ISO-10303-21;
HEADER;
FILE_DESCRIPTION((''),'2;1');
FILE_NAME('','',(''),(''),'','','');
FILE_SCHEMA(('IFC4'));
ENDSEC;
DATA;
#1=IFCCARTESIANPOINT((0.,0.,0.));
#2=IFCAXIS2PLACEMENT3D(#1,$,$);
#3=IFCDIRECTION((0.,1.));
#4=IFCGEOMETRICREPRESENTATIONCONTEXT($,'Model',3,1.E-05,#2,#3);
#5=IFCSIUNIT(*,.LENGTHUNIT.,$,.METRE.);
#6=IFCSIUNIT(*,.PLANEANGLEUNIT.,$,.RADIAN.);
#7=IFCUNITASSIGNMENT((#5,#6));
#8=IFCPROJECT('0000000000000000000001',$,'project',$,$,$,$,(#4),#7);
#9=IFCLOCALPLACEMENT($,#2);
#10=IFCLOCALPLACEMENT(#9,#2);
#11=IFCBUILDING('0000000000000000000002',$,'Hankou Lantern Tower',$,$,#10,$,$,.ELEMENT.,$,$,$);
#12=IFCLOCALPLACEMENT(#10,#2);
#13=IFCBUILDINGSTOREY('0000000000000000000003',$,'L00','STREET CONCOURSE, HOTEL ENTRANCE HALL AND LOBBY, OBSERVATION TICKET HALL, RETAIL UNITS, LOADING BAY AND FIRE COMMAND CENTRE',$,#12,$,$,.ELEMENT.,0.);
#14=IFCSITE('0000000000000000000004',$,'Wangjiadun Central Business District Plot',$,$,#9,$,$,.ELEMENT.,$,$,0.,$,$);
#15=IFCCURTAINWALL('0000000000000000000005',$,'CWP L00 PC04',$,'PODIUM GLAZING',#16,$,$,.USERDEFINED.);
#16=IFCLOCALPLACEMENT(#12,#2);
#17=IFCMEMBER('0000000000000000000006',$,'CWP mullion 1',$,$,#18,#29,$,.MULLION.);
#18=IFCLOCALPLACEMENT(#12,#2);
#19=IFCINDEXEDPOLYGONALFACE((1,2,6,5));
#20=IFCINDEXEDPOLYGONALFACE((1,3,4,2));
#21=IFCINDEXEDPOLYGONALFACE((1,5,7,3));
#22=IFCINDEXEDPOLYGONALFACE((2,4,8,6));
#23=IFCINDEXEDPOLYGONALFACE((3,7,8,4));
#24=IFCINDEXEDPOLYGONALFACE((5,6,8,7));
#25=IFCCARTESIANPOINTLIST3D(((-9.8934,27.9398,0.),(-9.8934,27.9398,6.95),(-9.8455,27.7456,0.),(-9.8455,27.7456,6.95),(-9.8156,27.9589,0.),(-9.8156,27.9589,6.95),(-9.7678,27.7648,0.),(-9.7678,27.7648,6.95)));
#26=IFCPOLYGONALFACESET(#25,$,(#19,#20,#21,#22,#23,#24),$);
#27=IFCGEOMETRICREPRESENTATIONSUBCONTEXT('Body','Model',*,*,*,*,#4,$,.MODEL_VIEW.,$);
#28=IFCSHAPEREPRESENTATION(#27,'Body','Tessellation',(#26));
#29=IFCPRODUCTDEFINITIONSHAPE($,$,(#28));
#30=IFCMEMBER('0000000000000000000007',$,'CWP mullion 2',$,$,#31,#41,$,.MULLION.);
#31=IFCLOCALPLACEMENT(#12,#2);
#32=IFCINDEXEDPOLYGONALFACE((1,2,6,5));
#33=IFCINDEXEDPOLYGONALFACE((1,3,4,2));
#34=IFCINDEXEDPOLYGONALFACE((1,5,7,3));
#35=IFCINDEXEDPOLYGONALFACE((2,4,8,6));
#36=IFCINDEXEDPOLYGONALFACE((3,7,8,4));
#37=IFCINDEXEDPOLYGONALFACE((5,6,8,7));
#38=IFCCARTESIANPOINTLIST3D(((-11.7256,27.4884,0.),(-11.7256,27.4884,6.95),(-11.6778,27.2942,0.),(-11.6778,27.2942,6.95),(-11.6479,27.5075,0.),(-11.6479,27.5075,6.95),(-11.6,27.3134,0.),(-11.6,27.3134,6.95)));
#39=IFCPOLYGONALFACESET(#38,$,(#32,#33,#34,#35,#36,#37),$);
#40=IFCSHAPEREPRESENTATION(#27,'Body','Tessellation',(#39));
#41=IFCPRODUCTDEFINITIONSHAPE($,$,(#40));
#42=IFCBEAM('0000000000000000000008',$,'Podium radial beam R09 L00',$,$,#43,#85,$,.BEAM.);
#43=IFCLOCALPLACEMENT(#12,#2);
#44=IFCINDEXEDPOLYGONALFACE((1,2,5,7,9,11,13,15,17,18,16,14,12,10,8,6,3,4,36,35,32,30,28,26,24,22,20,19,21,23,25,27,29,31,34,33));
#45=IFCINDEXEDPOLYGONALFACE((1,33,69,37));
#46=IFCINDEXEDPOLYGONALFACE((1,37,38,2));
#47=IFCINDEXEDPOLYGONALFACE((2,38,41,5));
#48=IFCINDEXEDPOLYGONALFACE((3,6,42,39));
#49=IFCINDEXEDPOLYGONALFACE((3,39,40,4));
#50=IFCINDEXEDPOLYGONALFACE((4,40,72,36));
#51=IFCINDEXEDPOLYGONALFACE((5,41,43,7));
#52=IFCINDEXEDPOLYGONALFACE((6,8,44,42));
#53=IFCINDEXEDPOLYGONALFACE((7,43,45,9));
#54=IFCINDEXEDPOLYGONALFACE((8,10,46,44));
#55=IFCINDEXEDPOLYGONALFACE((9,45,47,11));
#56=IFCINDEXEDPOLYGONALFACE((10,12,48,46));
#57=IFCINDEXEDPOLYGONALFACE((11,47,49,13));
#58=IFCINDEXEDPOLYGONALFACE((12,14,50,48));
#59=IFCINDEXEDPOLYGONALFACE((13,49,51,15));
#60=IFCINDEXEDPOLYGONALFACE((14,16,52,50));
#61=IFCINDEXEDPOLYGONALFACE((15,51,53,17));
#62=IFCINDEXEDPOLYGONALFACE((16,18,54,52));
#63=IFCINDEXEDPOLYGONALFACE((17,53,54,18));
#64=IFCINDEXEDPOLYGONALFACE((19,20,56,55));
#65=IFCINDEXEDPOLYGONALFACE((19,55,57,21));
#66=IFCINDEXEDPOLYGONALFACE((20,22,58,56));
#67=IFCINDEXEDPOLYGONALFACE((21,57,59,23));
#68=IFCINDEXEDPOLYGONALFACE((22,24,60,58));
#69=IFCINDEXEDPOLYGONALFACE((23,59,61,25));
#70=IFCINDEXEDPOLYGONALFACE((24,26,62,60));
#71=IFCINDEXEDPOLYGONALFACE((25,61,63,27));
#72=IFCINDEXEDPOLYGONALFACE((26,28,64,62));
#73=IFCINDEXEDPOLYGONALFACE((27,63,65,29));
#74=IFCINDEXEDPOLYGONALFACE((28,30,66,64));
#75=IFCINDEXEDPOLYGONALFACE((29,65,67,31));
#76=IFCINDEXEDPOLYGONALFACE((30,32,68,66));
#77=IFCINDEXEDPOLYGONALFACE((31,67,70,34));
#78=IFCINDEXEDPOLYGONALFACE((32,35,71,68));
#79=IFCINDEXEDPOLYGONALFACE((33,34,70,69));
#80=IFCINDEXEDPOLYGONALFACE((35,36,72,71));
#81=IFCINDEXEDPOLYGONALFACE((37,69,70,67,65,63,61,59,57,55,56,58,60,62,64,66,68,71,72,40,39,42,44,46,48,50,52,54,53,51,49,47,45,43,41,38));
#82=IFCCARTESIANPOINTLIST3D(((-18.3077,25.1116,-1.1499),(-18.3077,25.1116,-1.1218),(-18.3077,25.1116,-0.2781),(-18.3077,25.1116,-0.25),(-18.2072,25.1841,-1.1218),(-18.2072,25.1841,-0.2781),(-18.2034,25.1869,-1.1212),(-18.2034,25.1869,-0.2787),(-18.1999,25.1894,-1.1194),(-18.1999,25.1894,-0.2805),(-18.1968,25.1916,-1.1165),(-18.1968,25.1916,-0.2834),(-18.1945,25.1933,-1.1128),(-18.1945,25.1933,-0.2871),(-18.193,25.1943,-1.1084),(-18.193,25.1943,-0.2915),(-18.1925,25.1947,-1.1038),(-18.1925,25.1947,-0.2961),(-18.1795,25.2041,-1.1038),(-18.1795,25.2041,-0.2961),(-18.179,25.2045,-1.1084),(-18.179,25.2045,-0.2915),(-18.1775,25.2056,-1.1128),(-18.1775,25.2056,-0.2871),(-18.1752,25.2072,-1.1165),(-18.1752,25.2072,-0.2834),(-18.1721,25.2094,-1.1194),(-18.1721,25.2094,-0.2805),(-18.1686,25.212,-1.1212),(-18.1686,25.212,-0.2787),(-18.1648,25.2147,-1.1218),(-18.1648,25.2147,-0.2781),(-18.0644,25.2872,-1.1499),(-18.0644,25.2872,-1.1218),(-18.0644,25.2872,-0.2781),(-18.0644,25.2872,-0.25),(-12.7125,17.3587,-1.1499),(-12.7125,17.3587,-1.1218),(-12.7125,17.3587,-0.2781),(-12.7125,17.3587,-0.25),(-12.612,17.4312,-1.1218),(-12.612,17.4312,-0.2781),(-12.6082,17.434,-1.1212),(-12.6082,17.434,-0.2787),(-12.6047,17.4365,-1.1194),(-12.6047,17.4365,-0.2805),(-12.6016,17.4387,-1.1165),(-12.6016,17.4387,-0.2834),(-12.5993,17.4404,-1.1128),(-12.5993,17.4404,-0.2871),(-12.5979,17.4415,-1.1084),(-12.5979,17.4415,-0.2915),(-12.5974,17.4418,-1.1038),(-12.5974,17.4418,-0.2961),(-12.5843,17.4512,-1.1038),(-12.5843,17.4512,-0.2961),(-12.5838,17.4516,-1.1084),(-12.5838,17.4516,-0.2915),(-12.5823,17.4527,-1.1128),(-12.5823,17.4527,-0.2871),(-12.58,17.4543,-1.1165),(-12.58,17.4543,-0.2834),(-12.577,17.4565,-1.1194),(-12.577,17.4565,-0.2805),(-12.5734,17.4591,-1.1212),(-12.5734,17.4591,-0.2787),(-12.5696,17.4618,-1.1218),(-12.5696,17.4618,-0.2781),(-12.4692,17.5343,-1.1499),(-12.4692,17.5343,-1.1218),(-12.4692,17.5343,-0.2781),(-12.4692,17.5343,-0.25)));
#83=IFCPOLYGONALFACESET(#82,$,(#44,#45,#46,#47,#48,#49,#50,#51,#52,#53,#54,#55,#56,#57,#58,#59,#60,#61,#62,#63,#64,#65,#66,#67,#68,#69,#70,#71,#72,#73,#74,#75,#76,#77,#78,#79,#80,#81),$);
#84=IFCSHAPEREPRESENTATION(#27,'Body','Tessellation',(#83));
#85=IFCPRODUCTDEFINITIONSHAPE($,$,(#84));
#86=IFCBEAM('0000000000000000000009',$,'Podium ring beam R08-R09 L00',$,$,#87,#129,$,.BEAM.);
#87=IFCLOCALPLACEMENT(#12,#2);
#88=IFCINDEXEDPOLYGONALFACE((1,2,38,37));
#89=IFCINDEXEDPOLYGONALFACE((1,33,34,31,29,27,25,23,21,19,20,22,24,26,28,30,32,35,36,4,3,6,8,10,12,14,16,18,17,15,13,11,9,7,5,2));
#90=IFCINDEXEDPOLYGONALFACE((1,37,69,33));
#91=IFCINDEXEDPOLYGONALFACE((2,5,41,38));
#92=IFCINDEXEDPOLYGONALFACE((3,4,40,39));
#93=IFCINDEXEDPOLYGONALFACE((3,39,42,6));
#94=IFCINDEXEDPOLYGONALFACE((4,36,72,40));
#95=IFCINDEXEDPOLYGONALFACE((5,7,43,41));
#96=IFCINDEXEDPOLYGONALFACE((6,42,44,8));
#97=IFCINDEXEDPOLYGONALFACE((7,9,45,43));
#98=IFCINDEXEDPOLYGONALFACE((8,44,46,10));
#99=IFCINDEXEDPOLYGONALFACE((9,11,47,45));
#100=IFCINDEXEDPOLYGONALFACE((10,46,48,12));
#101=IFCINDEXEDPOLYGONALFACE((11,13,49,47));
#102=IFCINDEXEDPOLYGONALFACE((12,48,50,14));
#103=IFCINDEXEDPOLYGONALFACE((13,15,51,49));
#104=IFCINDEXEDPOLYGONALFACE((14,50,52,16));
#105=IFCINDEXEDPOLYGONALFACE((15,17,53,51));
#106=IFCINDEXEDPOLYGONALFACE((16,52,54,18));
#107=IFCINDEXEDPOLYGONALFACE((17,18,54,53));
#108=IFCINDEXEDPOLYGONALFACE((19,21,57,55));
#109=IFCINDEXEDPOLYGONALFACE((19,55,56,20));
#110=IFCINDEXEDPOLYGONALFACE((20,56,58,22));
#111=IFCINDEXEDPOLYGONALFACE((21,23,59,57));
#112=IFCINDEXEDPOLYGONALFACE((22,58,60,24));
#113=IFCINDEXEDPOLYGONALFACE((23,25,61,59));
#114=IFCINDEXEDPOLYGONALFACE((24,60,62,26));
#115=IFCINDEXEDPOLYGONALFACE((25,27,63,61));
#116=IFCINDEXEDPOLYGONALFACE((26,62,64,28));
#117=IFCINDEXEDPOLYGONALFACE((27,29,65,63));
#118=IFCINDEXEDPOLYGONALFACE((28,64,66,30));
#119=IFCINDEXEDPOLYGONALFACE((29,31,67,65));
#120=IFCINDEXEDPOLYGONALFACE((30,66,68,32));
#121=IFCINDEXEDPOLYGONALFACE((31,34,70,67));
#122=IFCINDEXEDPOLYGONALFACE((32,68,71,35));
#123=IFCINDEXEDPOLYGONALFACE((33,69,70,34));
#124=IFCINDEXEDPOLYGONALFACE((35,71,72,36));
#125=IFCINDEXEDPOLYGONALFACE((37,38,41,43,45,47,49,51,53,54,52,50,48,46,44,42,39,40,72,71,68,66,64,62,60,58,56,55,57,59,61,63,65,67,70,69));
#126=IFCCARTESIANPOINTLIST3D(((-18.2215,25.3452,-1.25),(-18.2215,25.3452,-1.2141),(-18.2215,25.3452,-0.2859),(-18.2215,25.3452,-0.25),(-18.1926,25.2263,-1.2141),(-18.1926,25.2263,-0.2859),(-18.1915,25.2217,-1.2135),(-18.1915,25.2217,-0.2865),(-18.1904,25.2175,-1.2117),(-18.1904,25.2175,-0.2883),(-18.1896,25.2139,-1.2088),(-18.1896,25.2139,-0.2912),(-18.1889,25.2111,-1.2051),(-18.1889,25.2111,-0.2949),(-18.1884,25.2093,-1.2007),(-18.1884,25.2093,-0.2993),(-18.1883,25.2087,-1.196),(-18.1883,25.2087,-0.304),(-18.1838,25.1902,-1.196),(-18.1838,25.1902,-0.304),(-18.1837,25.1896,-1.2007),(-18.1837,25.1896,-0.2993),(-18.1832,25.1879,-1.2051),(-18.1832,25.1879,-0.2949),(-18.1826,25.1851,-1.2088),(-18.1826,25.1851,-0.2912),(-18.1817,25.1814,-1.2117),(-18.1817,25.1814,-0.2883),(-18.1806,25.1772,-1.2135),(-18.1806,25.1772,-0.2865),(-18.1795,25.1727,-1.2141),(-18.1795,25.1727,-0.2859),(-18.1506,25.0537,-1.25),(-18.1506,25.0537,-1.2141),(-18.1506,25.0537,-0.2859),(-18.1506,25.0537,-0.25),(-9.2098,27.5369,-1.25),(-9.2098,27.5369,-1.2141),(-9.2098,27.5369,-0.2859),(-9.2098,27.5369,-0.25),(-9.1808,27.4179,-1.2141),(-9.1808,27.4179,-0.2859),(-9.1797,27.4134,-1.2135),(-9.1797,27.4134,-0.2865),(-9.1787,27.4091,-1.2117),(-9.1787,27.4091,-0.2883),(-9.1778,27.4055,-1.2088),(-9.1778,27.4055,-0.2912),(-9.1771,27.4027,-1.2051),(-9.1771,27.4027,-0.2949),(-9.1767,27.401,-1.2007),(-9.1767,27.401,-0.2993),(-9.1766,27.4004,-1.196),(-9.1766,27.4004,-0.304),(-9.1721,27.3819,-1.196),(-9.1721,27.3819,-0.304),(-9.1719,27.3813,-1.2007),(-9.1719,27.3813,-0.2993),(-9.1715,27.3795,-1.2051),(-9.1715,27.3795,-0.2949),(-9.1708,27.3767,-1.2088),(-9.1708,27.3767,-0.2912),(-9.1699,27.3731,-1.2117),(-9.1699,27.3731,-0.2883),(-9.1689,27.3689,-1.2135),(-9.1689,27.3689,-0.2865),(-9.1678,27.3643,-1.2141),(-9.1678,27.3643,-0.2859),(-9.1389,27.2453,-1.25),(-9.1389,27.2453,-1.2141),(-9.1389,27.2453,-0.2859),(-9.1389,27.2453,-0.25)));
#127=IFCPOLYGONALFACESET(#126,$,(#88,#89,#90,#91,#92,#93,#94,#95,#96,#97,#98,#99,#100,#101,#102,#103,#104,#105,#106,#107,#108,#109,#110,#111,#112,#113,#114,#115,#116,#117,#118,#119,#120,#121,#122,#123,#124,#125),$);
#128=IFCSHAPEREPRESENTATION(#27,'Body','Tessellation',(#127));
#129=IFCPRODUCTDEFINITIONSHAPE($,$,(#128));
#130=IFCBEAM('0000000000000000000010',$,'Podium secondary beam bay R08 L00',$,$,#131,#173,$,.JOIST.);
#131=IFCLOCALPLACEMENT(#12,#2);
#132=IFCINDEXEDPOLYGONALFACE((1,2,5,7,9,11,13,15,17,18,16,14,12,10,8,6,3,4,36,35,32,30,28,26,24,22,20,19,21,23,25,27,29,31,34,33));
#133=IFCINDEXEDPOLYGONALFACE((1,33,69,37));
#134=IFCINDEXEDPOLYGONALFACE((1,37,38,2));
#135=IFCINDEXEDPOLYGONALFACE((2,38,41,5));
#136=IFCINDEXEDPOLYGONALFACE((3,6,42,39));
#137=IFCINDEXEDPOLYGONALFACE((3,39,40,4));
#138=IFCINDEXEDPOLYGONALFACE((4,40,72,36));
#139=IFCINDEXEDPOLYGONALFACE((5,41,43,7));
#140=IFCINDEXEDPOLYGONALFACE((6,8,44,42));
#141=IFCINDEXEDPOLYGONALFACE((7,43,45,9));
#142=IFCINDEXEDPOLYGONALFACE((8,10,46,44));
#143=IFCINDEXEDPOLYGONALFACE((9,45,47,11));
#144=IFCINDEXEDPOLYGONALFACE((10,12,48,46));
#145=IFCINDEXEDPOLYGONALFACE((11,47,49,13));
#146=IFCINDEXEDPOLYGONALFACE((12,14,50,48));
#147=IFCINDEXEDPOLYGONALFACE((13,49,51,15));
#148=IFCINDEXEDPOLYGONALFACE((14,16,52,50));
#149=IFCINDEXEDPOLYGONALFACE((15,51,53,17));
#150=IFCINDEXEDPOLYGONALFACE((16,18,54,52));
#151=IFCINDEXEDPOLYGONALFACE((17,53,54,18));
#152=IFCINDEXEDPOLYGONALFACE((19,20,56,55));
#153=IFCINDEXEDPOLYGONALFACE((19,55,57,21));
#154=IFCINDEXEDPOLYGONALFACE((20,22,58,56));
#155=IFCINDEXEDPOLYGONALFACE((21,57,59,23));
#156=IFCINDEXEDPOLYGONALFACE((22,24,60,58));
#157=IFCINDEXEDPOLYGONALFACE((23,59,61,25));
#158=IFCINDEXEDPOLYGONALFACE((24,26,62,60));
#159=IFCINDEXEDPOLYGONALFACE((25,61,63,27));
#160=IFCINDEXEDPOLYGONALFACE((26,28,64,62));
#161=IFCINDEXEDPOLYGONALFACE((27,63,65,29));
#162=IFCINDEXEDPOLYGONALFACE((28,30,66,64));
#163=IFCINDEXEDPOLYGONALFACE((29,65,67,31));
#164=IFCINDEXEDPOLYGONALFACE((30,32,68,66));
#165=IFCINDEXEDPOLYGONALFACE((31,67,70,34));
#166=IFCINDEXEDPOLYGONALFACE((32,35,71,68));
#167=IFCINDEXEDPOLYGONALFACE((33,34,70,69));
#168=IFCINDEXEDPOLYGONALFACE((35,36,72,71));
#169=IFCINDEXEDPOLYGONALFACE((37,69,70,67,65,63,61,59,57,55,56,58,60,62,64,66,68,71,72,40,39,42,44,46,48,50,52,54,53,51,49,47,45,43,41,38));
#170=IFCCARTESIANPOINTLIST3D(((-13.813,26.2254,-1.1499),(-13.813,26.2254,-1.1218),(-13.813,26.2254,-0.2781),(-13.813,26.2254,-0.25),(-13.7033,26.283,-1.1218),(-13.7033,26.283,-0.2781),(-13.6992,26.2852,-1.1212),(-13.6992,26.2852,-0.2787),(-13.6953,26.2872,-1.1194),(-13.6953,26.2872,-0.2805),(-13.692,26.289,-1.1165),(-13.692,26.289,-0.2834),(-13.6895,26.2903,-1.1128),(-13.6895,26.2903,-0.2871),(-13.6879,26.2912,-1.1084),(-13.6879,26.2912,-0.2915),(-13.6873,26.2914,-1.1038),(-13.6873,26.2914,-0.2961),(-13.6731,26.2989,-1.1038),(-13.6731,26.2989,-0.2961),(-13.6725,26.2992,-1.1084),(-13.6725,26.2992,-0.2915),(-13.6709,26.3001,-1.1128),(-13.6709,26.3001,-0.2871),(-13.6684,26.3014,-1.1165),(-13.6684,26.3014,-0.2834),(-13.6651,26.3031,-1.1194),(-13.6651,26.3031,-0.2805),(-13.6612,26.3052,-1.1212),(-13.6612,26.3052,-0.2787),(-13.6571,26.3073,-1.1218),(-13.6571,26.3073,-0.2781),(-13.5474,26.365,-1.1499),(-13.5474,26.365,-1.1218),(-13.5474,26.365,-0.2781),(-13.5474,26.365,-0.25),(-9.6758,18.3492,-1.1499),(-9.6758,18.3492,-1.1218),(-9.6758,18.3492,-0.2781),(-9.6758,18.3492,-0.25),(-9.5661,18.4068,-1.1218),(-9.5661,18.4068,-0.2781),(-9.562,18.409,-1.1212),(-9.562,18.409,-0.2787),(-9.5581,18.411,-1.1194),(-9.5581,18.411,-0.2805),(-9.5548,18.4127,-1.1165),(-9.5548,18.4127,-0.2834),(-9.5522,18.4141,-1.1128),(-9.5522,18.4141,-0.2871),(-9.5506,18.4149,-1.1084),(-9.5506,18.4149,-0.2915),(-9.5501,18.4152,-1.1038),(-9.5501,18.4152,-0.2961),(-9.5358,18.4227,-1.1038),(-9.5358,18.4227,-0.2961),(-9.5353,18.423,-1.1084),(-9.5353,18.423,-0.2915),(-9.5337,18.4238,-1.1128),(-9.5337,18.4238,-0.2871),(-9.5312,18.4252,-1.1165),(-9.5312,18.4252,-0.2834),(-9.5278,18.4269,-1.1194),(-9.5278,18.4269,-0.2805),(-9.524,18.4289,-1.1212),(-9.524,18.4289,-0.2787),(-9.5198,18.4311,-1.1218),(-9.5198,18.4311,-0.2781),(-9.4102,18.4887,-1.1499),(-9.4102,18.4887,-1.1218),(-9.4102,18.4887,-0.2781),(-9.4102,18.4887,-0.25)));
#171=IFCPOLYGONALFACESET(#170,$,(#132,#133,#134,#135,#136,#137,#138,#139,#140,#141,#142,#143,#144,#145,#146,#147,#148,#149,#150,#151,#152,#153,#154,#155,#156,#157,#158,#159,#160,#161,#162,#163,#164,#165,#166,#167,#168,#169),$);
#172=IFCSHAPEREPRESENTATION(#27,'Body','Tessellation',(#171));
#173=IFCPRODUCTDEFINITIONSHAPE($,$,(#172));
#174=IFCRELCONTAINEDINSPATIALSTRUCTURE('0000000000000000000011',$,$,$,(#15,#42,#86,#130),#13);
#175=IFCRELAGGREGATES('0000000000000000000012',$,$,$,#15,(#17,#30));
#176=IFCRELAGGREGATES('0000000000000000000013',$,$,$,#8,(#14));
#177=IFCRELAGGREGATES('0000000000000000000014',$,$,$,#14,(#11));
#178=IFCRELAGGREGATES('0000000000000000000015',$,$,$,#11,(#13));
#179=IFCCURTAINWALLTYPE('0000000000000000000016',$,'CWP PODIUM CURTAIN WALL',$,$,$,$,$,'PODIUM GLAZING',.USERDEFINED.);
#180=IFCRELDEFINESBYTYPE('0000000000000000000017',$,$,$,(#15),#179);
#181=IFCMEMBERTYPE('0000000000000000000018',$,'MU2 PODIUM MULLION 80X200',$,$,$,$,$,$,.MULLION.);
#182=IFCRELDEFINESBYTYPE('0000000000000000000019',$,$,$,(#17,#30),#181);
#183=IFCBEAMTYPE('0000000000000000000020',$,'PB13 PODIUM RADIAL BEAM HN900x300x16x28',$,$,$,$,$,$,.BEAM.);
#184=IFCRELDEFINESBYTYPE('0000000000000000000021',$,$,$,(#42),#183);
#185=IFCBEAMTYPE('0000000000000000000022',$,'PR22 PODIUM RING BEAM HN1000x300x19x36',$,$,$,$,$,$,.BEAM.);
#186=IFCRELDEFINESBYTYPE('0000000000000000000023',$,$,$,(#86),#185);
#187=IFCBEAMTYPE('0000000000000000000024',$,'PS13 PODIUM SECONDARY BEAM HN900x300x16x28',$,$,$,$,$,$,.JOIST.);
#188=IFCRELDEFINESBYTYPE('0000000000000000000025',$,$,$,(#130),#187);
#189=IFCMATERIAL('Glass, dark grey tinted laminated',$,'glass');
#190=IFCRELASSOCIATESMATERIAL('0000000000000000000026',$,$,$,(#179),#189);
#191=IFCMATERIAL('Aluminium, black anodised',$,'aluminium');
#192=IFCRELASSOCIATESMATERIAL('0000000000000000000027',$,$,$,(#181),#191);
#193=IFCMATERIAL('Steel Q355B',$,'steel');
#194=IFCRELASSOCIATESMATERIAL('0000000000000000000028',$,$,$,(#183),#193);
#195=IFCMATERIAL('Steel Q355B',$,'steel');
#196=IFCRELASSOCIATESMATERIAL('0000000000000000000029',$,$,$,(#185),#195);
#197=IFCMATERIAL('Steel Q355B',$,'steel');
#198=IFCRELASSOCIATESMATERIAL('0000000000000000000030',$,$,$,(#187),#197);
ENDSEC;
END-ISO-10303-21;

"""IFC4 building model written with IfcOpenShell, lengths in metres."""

from ifc_helpers import new_model, si_unit, direction, frame, origin, origin_2d, place, context, subcontext, project, spatial, rectangle, i_section, extrude, material, material_profile, profile_set, type_object, element, aggregate, save


model = new_model("IFC4")

# Units and contexts
model_context = context("Model", 3, precision=1e-05, world=origin(), true_north=direction((0.0, 1.0)))
body_context = subcontext(model_context, "Body", "Model", "MODEL_VIEW")
ifc_project = project(units=[si_unit("LENGTHUNIT", "METRE"), si_unit("PLANEANGLEUNIT", "RADIAN")], contexts=[model_context])

# Site, building, storey
site_placement = place(None, origin())
site = spatial("IfcSite", under=ifc_project, at=site_placement, Name="Wangjiadun Central Business District Plot", CompositionType="ELEMENT", RefElevation=0.0)
building_placement = place(site_placement, origin())
building = spatial("IfcBuilding", under=site, at=building_placement, Name="Hankou Lantern Tower", CompositionType="ELEMENT")
storey_placement = place(building_placement, origin())
storey = spatial("IfcBuildingStorey", under=building, at=storey_placement, Name="L00", Description="STREET CONCOURSE, HOTEL ENTRANCE HALL AND LOBBY, OBSERVATION TICKET HALL, RETAIL UNITS, LOADING BAY AND FIRE COMMAND CENTRE", CompositionType="ELEMENT", Elevation=0.0)

# Curtain wall, members
ifc_material_1 = material(Name="Glass, dark grey tinted laminated", Category="glass")
curtain_wall_type = type_object("IfcCurtainWallType", Name="CWP PODIUM CURTAIN WALL", ElementType="PODIUM GLAZING", PredefinedType="USERDEFINED", material=ifc_material_1)
ifc_material_2 = material(Name="Aluminium, black anodised", Category="aluminium")
ifc_material_profile_1 = material_profile(ifc_material_2, rectangle(XDim=0.0801, YDim=0.2, at=origin_2d()), Name="MU2 80X200")
ifc_profile_set_1 = profile_set([ifc_material_profile_1], Name="Aluminium, black anodised")
member_type_1 = type_object("IfcMemberType", Name="MU2 PODIUM MULLION 80X200", PredefinedType="MULLION", material=ifc_profile_set_1)
curtain_wall_1_placement = place(storey_placement, origin())
curtain_wall_1 = element("IfcCurtainWall", 1, at=curtain_wall_1_placement, inside=storey, type_object=curtain_wall_type, Name="CWP L00 PC04", ObjectType="PODIUM GLAZING", PredefinedType="USERDEFINED")
member_1_placement = place(storey_placement, frame((-9.8306, 27.8523, 0.0), z_axis=(0.0, 0.0, 1.0), x_axis=(-0.970961, -0.239238, 0.0)))
member_1 = element("IfcMember", 2, at=member_1_placement, type_object=member_type_1, Name="CWP mullion 1", PredefinedType="MULLION", context=body_context, shape_type="SweptSolid", body=[
    extrude(rectangle(XDim=0.0801, YDim=0.2, at=origin_2d()), origin(), (0.0, 0.0, 1.0), 6.95),
])
member_2_placement = place(storey_placement, frame((-11.6628, 27.4009, 0.0), z_axis=(0.0, 0.0, 1.0), x_axis=(-0.970961, -0.239238, 0.0)))
member_2 = element("IfcMember", 3, at=member_2_placement, type_object=member_type_1, Name="CWP mullion 2", PredefinedType="MULLION", context=body_context, shape_type="SweptSolid", body=[
    extrude(rectangle(XDim=0.0801, YDim=0.2, at=origin_2d()), origin(), (0.0, 0.0, 1.0), 6.95),
])

# Beams
ifc_material_3 = material(Name="Steel Q355B", Category="steel")
ifc_material_profile_2 = material_profile(ifc_material_3, i_section(OverallWidth=0.3, OverallDepth=0.8999, WebThickness=0.0161, FlangeThickness=0.0281, FilletRadius=0.0181, at=origin_2d()), Name="HN900x300x16x28")
ifc_profile_set_2 = profile_set([ifc_material_profile_2], Name="Steel Q355B")
beam_type_1 = type_object("IfcBeamType", Name="PB13 PODIUM RADIAL BEAM HN900x300x16x28", PredefinedType="BEAM", material=ifc_profile_set_2)
beam_1_placement = place(storey_placement, frame((-12.5908, 17.4465, -0.7), z_axis=(-0.585207, 0.810884, 0.0), x_axis=(-0.810884, -0.585207, 0.0)))
element("IfcBeam", 4, at=beam_1_placement, inside=storey, type_object=beam_type_1, Name="Podium radial beam R09 L00", PredefinedType="BEAM", context=body_context, shape_type="SweptSolid", body=[
    extrude(i_section(OverallWidth=0.3, OverallDepth=0.8999, WebThickness=0.0161, FlangeThickness=0.0281, FilletRadius=0.0181, at=origin_2d()), origin(), (0.0, 0.0, 1.0), 9.561),
])
ifc_material_4 = material(Name="Steel Q355B", Category="steel")
ifc_material_profile_3 = material_profile(ifc_material_4, i_section(OverallWidth=0.3, OverallDepth=1.0, WebThickness=0.019, FlangeThickness=0.0359, FilletRadius=0.0181, at=origin_2d()), Name="HN1000x300x19x36")
ifc_profile_set_3 = profile_set([ifc_material_profile_3], Name="Steel Q355B")
beam_type_2 = type_object("IfcBeamType", Name="PR22 PODIUM RING BEAM HN1000x300x19x36", PredefinedType="BEAM", material=ifc_profile_set_3)
beam_2_placement = place(storey_placement, frame((-9.1743, 27.3911, -0.75), z_axis=(-0.971677, -0.236312, 0.0), x_axis=(0.236312, -0.971677, 0.0)))
element("IfcBeam", 5, at=beam_2_placement, inside=storey, type_object=beam_type_2, Name="Podium ring beam R08-R09 L00", PredefinedType="BEAM", context=body_context, shape_type="SweptSolid", body=[
    extrude(i_section(OverallWidth=0.3, OverallDepth=1.0, WebThickness=0.019, FlangeThickness=0.0359, FilletRadius=0.0181, at=origin_2d()), origin(), (0.0, 0.0, 1.0), 9.2744),
])
ifc_material_5 = material(Name="Steel Q355B", Category="steel")
ifc_material_profile_4 = material_profile(ifc_material_5, i_section(OverallWidth=0.3, OverallDepth=0.8999, WebThickness=0.0161, FlangeThickness=0.0281, FilletRadius=0.0181, at=origin_2d()), Name="HN900x300x16x28")
ifc_profile_set_4 = profile_set([ifc_material_profile_4], Name="Steel Q355B")
beam_type_3 = type_object("IfcBeamType", Name="PS13 PODIUM SECONDARY BEAM HN900x300x16x28", PredefinedType="JOIST", material=ifc_profile_set_4)
beam_3_placement = place(storey_placement, frame((-9.543, 18.4189, -0.7), z_axis=(-0.465027, 0.885297, 0.0), x_axis=(-0.885297, -0.465027, 0.0)))
element("IfcBeam", 6, at=beam_3_placement, inside=storey, type_object=beam_type_3, Name="Podium secondary beam bay R08 L00", PredefinedType="JOIST", context=body_context, shape_type="SweptSolid", body=[
    extrude(i_section(OverallWidth=0.3, OverallDepth=0.8999, WebThickness=0.0161, FlangeThickness=0.0281, FilletRadius=0.0181, at=origin_2d()), origin(), (0.0, 0.0, 1.0), 8.8967),
])

aggregate(curtain_wall_1, [member_1, member_2])

save(model, "model.ifc")
